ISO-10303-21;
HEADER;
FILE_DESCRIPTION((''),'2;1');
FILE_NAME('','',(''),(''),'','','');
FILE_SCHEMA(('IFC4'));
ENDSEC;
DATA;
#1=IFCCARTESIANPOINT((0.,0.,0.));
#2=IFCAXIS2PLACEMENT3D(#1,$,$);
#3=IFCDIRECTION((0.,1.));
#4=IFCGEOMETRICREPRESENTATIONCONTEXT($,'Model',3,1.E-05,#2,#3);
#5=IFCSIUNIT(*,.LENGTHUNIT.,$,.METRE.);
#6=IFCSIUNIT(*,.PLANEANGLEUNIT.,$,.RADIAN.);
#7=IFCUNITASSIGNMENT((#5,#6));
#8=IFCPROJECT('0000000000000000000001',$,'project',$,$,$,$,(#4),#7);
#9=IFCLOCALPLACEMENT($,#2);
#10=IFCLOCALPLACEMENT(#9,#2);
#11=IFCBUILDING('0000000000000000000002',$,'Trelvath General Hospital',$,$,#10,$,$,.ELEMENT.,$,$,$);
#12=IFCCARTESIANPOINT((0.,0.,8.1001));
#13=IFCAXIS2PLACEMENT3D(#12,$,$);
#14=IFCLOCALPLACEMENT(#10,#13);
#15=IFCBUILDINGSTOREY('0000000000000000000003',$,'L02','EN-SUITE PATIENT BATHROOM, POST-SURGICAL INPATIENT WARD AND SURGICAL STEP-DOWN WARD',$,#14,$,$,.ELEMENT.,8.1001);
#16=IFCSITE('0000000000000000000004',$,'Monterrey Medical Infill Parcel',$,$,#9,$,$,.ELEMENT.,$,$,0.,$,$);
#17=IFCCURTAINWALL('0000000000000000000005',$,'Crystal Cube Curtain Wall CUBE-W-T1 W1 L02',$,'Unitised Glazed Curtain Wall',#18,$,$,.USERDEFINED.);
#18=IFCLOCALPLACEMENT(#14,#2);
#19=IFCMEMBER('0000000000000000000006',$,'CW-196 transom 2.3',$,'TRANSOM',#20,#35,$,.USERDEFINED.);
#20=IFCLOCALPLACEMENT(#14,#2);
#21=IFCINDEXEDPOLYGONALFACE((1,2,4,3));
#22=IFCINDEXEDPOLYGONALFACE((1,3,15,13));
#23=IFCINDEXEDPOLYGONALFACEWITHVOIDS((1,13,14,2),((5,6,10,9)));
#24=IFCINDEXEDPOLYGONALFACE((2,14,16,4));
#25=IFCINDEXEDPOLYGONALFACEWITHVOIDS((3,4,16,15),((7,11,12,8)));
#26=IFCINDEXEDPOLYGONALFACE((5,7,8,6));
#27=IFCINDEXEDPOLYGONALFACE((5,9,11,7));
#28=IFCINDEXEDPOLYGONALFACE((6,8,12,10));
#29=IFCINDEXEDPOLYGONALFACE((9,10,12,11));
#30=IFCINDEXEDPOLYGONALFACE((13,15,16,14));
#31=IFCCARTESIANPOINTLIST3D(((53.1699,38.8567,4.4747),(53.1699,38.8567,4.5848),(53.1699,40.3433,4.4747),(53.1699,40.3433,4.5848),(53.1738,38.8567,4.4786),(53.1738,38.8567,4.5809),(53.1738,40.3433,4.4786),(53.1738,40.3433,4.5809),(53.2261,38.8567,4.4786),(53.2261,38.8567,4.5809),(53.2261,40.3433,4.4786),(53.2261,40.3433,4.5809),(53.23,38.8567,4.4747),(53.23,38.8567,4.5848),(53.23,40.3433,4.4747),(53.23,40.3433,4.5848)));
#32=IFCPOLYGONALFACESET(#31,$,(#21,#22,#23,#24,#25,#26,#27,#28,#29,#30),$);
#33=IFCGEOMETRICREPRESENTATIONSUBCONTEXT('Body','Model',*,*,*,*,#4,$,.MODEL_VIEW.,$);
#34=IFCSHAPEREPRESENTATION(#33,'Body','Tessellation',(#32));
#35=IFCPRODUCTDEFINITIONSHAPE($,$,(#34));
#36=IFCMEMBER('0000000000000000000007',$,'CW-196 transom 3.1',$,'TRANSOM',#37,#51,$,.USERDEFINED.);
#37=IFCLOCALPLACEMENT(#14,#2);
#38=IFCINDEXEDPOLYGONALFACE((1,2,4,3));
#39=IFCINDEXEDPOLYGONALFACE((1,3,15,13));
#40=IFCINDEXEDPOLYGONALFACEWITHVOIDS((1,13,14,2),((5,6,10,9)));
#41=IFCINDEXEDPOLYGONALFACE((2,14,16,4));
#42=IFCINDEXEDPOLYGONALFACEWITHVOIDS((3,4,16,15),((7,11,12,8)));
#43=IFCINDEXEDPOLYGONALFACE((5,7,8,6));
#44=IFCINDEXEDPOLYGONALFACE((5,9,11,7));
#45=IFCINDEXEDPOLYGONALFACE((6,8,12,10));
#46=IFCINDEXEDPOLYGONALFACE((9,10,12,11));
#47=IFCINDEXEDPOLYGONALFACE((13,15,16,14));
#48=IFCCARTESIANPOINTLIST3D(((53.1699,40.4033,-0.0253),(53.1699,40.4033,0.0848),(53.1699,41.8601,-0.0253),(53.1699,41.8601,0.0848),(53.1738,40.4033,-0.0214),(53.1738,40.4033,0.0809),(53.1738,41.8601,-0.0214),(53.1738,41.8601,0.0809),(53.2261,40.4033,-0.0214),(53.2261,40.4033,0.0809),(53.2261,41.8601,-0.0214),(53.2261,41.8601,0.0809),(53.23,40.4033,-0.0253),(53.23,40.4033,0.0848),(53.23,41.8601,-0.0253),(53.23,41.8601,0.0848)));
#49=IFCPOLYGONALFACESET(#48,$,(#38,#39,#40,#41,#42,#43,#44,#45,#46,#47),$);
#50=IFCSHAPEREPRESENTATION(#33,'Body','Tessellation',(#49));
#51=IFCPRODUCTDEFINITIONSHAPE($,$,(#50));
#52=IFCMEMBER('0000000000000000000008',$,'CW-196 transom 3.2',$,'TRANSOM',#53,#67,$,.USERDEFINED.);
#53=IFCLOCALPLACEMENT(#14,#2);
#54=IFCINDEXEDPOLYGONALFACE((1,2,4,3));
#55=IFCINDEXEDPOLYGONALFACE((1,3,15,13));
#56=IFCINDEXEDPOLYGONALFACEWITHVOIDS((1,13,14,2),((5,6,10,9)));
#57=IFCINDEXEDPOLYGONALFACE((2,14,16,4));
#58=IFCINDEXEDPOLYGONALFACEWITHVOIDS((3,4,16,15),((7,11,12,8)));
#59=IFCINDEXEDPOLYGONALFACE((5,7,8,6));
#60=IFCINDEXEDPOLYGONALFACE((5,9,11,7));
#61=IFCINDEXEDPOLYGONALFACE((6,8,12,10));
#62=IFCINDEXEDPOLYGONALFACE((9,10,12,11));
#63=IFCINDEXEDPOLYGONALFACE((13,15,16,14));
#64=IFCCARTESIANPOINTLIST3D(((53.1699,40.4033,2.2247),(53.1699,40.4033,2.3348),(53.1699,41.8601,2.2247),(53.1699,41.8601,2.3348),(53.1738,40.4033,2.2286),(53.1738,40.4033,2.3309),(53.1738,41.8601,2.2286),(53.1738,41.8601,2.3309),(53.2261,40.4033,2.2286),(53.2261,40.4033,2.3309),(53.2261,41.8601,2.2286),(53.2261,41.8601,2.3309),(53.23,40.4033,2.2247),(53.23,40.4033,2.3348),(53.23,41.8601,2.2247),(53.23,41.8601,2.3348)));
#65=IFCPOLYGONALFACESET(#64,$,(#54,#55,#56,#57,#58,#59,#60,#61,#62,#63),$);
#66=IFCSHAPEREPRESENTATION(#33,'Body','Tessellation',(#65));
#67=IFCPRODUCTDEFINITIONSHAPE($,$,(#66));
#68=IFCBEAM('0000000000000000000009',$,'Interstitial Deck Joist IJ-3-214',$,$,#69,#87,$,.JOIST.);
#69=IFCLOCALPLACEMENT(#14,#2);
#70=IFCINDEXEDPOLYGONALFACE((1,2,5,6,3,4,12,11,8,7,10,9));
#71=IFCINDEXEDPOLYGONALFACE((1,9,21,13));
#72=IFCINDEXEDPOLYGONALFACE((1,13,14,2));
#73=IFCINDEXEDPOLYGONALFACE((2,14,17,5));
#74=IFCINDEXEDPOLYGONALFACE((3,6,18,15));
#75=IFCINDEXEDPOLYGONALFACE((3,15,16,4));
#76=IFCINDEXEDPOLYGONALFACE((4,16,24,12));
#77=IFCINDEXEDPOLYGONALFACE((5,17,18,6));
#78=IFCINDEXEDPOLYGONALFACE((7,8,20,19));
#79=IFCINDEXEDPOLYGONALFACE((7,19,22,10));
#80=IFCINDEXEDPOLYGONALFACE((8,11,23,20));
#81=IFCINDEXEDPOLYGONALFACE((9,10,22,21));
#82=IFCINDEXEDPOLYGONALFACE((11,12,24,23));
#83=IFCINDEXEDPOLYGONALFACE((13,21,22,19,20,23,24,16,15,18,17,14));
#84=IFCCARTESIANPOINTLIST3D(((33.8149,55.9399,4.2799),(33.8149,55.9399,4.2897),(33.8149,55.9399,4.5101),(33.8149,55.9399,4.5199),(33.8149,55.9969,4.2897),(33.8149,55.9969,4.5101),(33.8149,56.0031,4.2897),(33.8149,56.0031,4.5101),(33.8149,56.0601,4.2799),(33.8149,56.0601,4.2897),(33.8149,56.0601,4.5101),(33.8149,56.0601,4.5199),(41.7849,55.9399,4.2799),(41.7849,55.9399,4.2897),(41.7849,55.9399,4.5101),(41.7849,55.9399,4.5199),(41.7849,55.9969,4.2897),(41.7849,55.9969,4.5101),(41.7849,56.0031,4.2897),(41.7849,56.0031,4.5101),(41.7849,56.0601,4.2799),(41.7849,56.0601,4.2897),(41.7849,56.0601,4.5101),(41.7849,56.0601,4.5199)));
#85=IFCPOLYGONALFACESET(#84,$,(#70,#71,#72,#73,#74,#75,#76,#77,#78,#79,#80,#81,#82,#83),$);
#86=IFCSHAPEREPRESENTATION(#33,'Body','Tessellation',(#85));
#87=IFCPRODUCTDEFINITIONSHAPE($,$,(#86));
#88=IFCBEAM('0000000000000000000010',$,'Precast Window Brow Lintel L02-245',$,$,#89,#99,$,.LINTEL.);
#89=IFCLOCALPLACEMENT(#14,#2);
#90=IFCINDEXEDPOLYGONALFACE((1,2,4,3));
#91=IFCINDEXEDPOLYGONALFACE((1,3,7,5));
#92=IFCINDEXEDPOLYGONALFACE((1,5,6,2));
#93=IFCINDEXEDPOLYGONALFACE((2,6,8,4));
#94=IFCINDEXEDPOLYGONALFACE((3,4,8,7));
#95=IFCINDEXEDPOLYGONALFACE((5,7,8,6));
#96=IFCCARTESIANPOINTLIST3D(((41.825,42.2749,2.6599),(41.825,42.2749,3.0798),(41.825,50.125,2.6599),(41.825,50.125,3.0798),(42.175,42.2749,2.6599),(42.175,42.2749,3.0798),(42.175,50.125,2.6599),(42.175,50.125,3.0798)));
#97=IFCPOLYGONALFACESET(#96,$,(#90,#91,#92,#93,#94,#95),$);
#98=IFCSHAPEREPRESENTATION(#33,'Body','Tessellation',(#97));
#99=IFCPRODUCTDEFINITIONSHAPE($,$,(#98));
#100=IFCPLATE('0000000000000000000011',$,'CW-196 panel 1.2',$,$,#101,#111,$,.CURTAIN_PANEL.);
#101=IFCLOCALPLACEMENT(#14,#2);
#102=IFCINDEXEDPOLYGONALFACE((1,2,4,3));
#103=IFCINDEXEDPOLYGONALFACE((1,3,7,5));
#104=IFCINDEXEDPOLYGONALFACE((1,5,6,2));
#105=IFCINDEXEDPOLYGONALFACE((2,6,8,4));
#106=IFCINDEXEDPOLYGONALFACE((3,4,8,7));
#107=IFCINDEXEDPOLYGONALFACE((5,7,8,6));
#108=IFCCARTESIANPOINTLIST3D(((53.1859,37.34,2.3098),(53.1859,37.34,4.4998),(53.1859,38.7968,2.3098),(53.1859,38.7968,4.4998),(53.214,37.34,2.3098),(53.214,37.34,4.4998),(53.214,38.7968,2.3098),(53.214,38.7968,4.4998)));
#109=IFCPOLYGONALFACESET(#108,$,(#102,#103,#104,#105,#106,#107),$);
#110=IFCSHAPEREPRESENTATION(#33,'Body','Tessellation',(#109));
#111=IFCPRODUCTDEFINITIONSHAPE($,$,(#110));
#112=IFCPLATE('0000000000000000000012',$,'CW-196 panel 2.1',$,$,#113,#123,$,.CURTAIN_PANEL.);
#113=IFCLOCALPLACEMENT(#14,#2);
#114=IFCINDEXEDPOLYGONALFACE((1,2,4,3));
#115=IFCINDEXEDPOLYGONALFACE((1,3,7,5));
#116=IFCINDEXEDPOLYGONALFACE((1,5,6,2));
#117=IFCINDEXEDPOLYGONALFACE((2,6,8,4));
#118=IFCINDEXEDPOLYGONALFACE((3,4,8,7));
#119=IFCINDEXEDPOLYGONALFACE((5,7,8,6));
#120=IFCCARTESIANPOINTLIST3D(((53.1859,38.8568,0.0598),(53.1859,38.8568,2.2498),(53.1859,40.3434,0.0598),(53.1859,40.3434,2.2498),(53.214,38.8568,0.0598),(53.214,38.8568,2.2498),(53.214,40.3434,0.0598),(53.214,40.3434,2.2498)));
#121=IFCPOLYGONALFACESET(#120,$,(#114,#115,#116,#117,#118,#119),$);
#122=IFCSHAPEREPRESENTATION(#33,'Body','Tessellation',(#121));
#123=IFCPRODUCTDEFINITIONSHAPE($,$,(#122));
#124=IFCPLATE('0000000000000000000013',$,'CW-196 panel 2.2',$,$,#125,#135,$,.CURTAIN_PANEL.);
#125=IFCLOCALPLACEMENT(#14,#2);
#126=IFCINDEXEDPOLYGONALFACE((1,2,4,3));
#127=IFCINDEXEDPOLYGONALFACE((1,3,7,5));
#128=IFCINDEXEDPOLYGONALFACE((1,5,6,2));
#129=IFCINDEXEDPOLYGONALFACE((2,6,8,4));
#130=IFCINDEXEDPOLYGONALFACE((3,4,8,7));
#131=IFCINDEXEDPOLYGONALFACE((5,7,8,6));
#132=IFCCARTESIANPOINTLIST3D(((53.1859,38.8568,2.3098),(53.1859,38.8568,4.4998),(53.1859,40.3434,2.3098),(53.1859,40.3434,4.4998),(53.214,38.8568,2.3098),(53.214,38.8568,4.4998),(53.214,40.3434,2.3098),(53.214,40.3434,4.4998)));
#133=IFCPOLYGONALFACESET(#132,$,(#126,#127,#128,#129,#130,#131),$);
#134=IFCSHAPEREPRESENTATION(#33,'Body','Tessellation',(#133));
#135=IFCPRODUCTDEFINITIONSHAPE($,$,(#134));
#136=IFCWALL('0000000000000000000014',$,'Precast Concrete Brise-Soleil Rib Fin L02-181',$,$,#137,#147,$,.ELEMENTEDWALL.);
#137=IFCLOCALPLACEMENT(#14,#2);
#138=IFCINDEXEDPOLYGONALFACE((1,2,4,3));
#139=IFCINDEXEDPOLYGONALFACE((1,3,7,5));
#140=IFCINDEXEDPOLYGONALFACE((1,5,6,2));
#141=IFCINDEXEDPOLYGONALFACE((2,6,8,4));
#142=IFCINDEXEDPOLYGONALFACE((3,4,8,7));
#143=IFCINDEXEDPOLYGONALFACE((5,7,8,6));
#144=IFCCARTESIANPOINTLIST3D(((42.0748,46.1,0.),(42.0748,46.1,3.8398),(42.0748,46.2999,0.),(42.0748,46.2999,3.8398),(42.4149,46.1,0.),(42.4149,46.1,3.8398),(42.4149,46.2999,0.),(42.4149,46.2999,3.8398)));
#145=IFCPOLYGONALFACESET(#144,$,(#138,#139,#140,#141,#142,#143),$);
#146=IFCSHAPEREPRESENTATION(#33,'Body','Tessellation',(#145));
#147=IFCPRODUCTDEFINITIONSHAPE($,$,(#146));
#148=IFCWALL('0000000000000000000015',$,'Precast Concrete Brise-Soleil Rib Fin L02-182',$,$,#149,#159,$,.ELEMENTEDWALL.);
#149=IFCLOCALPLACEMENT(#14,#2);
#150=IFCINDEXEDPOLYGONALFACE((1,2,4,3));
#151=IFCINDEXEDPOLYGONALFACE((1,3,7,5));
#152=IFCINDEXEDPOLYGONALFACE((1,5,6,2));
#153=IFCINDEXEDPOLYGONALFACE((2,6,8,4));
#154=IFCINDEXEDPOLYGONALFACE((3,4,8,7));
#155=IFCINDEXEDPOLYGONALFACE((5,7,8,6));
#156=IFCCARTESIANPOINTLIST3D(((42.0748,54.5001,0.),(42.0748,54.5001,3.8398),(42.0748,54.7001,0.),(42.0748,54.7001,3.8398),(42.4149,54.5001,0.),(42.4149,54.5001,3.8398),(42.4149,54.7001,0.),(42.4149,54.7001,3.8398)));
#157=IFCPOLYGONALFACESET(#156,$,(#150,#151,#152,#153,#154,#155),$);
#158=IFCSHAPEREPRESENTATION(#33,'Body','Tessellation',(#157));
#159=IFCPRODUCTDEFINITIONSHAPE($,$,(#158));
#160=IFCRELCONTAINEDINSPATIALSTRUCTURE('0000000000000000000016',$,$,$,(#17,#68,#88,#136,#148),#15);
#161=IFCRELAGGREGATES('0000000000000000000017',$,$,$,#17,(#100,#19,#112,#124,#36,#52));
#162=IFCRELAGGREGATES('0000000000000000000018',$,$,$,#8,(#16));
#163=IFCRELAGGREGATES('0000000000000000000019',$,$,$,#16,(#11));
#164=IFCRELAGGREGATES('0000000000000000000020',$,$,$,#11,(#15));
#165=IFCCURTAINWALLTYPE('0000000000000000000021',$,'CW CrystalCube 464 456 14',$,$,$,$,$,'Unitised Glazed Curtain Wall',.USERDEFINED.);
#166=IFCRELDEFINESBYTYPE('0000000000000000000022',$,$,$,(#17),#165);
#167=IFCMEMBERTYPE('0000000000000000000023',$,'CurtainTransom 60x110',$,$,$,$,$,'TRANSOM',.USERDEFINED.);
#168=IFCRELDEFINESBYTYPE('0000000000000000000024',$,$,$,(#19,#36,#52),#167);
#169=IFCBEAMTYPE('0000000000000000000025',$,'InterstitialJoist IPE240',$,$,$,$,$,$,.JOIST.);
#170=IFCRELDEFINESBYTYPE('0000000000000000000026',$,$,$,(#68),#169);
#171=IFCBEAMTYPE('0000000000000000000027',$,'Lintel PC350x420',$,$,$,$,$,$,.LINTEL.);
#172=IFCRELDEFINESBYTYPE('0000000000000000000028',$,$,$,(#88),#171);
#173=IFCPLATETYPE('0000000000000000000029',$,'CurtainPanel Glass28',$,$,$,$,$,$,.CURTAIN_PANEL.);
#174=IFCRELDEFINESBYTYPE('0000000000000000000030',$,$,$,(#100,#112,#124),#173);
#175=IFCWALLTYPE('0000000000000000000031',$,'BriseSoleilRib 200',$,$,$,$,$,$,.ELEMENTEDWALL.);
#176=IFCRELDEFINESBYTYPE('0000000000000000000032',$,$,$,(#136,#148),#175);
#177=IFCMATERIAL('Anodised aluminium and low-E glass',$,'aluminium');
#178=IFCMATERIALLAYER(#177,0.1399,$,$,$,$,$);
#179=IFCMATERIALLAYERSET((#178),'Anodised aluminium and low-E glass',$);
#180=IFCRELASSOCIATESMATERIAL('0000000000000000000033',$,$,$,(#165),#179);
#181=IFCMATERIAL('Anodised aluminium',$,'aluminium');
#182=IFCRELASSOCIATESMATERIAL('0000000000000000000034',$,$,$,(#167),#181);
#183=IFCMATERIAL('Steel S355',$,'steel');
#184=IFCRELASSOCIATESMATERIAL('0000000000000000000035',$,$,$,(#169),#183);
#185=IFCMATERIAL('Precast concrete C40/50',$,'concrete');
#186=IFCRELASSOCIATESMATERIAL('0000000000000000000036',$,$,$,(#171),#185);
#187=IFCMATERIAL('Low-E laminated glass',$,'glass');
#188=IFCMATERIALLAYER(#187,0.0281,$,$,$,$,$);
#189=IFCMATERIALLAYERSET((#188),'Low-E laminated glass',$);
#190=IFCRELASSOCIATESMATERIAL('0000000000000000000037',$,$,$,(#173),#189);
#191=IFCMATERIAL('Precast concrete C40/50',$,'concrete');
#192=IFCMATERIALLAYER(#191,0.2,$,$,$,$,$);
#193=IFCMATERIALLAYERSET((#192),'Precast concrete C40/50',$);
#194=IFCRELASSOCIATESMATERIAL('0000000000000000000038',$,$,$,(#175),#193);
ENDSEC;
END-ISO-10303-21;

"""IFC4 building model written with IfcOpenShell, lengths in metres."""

from ifc_helpers import new_model, si_unit, direction, frame, frame_2d, origin, origin_2d, place, context, subcontext, project, spatial, rectangle, hollow_rectangle, i_section, extrude, material, layer, layer_set, material_profile, profile_set, type_object, element, aggregate, save


model = new_model("IFC4")

# Units and contexts
model_context = context("Model", 3, precision=1e-05, world=origin(), true_north=direction((0.0, 1.0)))
body_context = subcontext(model_context, "Body", "Model", "MODEL_VIEW")
ifc_project = project(units=[si_unit("LENGTHUNIT", "METRE"), si_unit("PLANEANGLEUNIT", "RADIAN")], contexts=[model_context])

# Site, building, storey
site_placement = place(None, origin())
site = spatial("IfcSite", under=ifc_project, at=site_placement, Name="Monterrey Medical Infill Parcel", CompositionType="ELEMENT", RefElevation=0.0)
building_placement = place(site_placement, origin())
building = spatial("IfcBuilding", under=site, at=building_placement, Name="Trelvath General Hospital", CompositionType="ELEMENT")
storey_placement = place(building_placement, frame((0.0, 0.0, 8.1001)))
storey = spatial("IfcBuildingStorey", under=building, at=storey_placement, Name="L02", Description="EN-SUITE PATIENT BATHROOM, POST-SURGICAL INPATIENT WARD AND SURGICAL STEP-DOWN WARD", CompositionType="ELEMENT", Elevation=8.1001)

# Curtain wall, members
ifc_material_1 = material(Name="Anodised aluminium and low-E glass", Category="aluminium")
ifc_layer_1 = layer(ifc_material_1, 0.1399)
ifc_layer_set_1 = layer_set([ifc_layer_1], Name="Anodised aluminium and low-E glass")
curtain_wall_type = type_object("IfcCurtainWallType", Name="CW CrystalCube 464 456 14", ElementType="Unitised Glazed Curtain Wall", PredefinedType="USERDEFINED", material=ifc_layer_set_1)
curtain_wall_placement = place(storey_placement, origin())
curtain_wall = element("IfcCurtainWall", 1, at=curtain_wall_placement, inside=storey, type_object=curtain_wall_type, Name="Crystal Cube Curtain Wall CUBE-W-T1 W1 L02", ObjectType="Unitised Glazed Curtain Wall", PredefinedType="USERDEFINED")
ifc_material_2 = material(Name="Anodised aluminium", Category="aluminium")
ifc_material_profile_1 = material_profile(ifc_material_2, hollow_rectangle(XDim=0.0601, YDim=0.1101, WallThickness=0.0039, at=origin_2d()), Name="RHS60x110x4")
ifc_profile_set_1 = profile_set([ifc_material_profile_1], Name="Anodised aluminium")
member_type_1 = type_object("IfcMemberType", Name="CurtainTransom 60x110", ElementType="TRANSOM", PredefinedType="USERDEFINED", material=ifc_profile_set_1)
member_1_placement = place(storey_placement, frame((53.2, 38.8567, 4.5298), z_axis=(0.0, 1.0, 0.0), x_axis=(-1.0, 0.0, 0.0)))
member_1 = element("IfcMember", 2, at=member_1_placement, type_object=member_type_1, Name="CW-196 transom 2.3", ObjectType="TRANSOM", PredefinedType="USERDEFINED", context=body_context, shape_type="SweptSolid", body=[
    extrude(hollow_rectangle(XDim=0.0601, YDim=0.1101, WallThickness=0.0039, at=origin_2d()), origin(), (0.0, 0.0, 1.0), 1.4866),
])
member_2_placement = place(storey_placement, frame((53.2, 40.4033, 0.0298), z_axis=(0.0, 1.0, 0.0), x_axis=(-1.0, 0.0, 0.0)))
member_2 = element("IfcMember", 3, at=member_2_placement, type_object=member_type_1, Name="CW-196 transom 3.1", ObjectType="TRANSOM", PredefinedType="USERDEFINED", context=body_context, shape_type="SweptSolid", body=[
    extrude(hollow_rectangle(XDim=0.0601, YDim=0.1101, WallThickness=0.0039, at=origin_2d()), origin(), (0.0, 0.0, 1.0), 1.4568),
])
member_3_placement = place(storey_placement, frame((53.2, 40.4033, 2.2798), z_axis=(0.0, 1.0, 0.0), x_axis=(-1.0, 0.0, 0.0)))
member_3 = element("IfcMember", 4, at=member_3_placement, type_object=member_type_1, Name="CW-196 transom 3.2", ObjectType="TRANSOM", PredefinedType="USERDEFINED", context=body_context, shape_type="SweptSolid", body=[
    extrude(hollow_rectangle(XDim=0.0601, YDim=0.1101, WallThickness=0.0039, at=origin_2d()), origin(), (0.0, 0.0, 1.0), 1.4568),
])

# Beams
ifc_material_3 = material(Name="Steel S355", Category="steel")
ifc_material_profile_2 = material_profile(ifc_material_3, i_section(OverallWidth=0.1201, OverallDepth=0.24, WebThickness=0.0061, FlangeThickness=0.0098, at=origin_2d()), Name="IPE240")
ifc_profile_set_2 = profile_set([ifc_material_profile_2], Name="Steel S355")
beam_type_1 = type_object("IfcBeamType", Name="InterstitialJoist IPE240", PredefinedType="JOIST", material=ifc_profile_set_2)
beam_1_placement = place(storey_placement, frame((33.8149, 56.0, 4.3999), z_axis=(1.0, 0.0, 0.0), x_axis=(0.0, 1.0, 0.0)))
element("IfcBeam", 5, at=beam_1_placement, inside=storey, type_object=beam_type_1, Name="Interstitial Deck Joist IJ-3-214", PredefinedType="JOIST", context=body_context, shape_type="SweptSolid", body=[
    extrude(i_section(OverallWidth=0.1201, OverallDepth=0.24, WebThickness=0.0061, FlangeThickness=0.0098, at=origin_2d()), origin(), (0.0, 0.0, 1.0), 7.97),
])
ifc_material_4 = material(Name="Precast concrete C40/50", Category="concrete")
ifc_material_profile_3 = material_profile(ifc_material_4, rectangle(XDim=0.3501, YDim=0.4199, at=origin_2d()), Name="PCL350x420")
ifc_profile_set_3 = profile_set([ifc_material_profile_3], Name="Precast concrete C40/50")
beam_type_2 = type_object("IfcBeamType", Name="Lintel PC350x420", PredefinedType="LINTEL", material=ifc_profile_set_3)
beam_2_placement = place(storey_placement, frame((42.0, 50.125, 2.8699), z_axis=(0.0, -1.0, 0.0), x_axis=(1.0, 0.0, 0.0)))
element("IfcBeam", 6, at=beam_2_placement, inside=storey, type_object=beam_type_2, Name="Precast Window Brow Lintel L02-245", PredefinedType="LINTEL", context=body_context, shape_type="SweptSolid", body=[
    extrude(rectangle(XDim=0.3501, YDim=0.4199, at=origin_2d()), origin(), (0.0, 0.0, 1.0), 7.8501),
])

# Plates
ifc_material_5 = material(Name="Low-E laminated glass", Category="glass")
ifc_layer_2 = layer(ifc_material_5, 0.0281)
ifc_layer_set_2 = layer_set([ifc_layer_2], Name="Low-E laminated glass")
plate_type = type_object("IfcPlateType", Name="CurtainPanel Glass28", PredefinedType="CURTAIN_PANEL", material=ifc_layer_set_2)
plate_1_placement = place(storey_placement, frame((53.2, 38.0684, 2.3098), z_axis=(0.0, 0.0, 1.0), x_axis=(0.0, 1.0, 0.0)))
plate_1 = element("IfcPlate", 7, at=plate_1_placement, type_object=plate_type, Name="CW-196 panel 1.2", PredefinedType="CURTAIN_PANEL", context=body_context, shape_type="SweptSolid", body=[
    extrude(rectangle(XDim=1.4568, YDim=0.0281, at=origin_2d()), origin(), (0.0, 0.0, 1.0), 2.1899),
])
plate_2_placement = place(storey_placement, frame((53.2, 39.6001, 0.0598), z_axis=(0.0, 0.0, 1.0), x_axis=(0.0, 1.0, 0.0)))
plate_2 = element("IfcPlate", 8, at=plate_2_placement, type_object=plate_type, Name="CW-196 panel 2.1", PredefinedType="CURTAIN_PANEL", context=body_context, shape_type="SweptSolid", body=[
    extrude(rectangle(XDim=1.4866, YDim=0.0281, at=origin_2d()), origin(), (0.0, 0.0, 1.0), 2.1899),
])
plate_3_placement = place(storey_placement, frame((53.2, 39.6001, 2.3098), z_axis=(0.0, 0.0, 1.0), x_axis=(0.0, 1.0, 0.0)))
plate_3 = element("IfcPlate", 9, at=plate_3_placement, type_object=plate_type, Name="CW-196 panel 2.2", PredefinedType="CURTAIN_PANEL", context=body_context, shape_type="SweptSolid", body=[
    extrude(rectangle(XDim=1.4866, YDim=0.0281, at=origin_2d()), origin(), (0.0, 0.0, 1.0), 2.1899),
])
aggregate(curtain_wall, [plate_1, member_1, plate_2, plate_3, member_2, member_3])

# Walls
ifc_material_6 = material(Name="Precast concrete C40/50", Category="concrete")
ifc_layer_3 = layer(ifc_material_6, 0.2)
ifc_layer_set_3 = layer_set([ifc_layer_3], Name="Precast concrete C40/50")
wall_type_1 = type_object("IfcWallType", Name="BriseSoleilRib 200", PredefinedType="ELEMENTEDWALL", material=ifc_layer_set_3)
for number, where, z_axis, x_axis, name in (
    (10, (42.075, 46.2, 0.0), (0.0, 0.0, 1.0), (1.0, 0.0, 0.0), "Precast Concrete Brise-Soleil Rib Fin L02-181"),
    (11, (42.075, 54.6001, 0.0), (0.0, 0.0, 1.0), (1.0, 0.0, 0.0), "Precast Concrete Brise-Soleil Rib Fin L02-182"),
):
    element("IfcWall", number, at=place(storey_placement, frame(where, z_axis=z_axis, x_axis=x_axis)), inside=storey, type_object=wall_type_1, Name=name, PredefinedType="ELEMENTEDWALL", context=body_context, shape_type="SweptSolid", body=[
        extrude(rectangle(XDim=0.3401, YDim=0.2, at=frame_2d((0.1699, 0.0))), origin(), (0.0, 0.0, 1.0), 3.8398),
    ])

save(model, "model.ifc")
